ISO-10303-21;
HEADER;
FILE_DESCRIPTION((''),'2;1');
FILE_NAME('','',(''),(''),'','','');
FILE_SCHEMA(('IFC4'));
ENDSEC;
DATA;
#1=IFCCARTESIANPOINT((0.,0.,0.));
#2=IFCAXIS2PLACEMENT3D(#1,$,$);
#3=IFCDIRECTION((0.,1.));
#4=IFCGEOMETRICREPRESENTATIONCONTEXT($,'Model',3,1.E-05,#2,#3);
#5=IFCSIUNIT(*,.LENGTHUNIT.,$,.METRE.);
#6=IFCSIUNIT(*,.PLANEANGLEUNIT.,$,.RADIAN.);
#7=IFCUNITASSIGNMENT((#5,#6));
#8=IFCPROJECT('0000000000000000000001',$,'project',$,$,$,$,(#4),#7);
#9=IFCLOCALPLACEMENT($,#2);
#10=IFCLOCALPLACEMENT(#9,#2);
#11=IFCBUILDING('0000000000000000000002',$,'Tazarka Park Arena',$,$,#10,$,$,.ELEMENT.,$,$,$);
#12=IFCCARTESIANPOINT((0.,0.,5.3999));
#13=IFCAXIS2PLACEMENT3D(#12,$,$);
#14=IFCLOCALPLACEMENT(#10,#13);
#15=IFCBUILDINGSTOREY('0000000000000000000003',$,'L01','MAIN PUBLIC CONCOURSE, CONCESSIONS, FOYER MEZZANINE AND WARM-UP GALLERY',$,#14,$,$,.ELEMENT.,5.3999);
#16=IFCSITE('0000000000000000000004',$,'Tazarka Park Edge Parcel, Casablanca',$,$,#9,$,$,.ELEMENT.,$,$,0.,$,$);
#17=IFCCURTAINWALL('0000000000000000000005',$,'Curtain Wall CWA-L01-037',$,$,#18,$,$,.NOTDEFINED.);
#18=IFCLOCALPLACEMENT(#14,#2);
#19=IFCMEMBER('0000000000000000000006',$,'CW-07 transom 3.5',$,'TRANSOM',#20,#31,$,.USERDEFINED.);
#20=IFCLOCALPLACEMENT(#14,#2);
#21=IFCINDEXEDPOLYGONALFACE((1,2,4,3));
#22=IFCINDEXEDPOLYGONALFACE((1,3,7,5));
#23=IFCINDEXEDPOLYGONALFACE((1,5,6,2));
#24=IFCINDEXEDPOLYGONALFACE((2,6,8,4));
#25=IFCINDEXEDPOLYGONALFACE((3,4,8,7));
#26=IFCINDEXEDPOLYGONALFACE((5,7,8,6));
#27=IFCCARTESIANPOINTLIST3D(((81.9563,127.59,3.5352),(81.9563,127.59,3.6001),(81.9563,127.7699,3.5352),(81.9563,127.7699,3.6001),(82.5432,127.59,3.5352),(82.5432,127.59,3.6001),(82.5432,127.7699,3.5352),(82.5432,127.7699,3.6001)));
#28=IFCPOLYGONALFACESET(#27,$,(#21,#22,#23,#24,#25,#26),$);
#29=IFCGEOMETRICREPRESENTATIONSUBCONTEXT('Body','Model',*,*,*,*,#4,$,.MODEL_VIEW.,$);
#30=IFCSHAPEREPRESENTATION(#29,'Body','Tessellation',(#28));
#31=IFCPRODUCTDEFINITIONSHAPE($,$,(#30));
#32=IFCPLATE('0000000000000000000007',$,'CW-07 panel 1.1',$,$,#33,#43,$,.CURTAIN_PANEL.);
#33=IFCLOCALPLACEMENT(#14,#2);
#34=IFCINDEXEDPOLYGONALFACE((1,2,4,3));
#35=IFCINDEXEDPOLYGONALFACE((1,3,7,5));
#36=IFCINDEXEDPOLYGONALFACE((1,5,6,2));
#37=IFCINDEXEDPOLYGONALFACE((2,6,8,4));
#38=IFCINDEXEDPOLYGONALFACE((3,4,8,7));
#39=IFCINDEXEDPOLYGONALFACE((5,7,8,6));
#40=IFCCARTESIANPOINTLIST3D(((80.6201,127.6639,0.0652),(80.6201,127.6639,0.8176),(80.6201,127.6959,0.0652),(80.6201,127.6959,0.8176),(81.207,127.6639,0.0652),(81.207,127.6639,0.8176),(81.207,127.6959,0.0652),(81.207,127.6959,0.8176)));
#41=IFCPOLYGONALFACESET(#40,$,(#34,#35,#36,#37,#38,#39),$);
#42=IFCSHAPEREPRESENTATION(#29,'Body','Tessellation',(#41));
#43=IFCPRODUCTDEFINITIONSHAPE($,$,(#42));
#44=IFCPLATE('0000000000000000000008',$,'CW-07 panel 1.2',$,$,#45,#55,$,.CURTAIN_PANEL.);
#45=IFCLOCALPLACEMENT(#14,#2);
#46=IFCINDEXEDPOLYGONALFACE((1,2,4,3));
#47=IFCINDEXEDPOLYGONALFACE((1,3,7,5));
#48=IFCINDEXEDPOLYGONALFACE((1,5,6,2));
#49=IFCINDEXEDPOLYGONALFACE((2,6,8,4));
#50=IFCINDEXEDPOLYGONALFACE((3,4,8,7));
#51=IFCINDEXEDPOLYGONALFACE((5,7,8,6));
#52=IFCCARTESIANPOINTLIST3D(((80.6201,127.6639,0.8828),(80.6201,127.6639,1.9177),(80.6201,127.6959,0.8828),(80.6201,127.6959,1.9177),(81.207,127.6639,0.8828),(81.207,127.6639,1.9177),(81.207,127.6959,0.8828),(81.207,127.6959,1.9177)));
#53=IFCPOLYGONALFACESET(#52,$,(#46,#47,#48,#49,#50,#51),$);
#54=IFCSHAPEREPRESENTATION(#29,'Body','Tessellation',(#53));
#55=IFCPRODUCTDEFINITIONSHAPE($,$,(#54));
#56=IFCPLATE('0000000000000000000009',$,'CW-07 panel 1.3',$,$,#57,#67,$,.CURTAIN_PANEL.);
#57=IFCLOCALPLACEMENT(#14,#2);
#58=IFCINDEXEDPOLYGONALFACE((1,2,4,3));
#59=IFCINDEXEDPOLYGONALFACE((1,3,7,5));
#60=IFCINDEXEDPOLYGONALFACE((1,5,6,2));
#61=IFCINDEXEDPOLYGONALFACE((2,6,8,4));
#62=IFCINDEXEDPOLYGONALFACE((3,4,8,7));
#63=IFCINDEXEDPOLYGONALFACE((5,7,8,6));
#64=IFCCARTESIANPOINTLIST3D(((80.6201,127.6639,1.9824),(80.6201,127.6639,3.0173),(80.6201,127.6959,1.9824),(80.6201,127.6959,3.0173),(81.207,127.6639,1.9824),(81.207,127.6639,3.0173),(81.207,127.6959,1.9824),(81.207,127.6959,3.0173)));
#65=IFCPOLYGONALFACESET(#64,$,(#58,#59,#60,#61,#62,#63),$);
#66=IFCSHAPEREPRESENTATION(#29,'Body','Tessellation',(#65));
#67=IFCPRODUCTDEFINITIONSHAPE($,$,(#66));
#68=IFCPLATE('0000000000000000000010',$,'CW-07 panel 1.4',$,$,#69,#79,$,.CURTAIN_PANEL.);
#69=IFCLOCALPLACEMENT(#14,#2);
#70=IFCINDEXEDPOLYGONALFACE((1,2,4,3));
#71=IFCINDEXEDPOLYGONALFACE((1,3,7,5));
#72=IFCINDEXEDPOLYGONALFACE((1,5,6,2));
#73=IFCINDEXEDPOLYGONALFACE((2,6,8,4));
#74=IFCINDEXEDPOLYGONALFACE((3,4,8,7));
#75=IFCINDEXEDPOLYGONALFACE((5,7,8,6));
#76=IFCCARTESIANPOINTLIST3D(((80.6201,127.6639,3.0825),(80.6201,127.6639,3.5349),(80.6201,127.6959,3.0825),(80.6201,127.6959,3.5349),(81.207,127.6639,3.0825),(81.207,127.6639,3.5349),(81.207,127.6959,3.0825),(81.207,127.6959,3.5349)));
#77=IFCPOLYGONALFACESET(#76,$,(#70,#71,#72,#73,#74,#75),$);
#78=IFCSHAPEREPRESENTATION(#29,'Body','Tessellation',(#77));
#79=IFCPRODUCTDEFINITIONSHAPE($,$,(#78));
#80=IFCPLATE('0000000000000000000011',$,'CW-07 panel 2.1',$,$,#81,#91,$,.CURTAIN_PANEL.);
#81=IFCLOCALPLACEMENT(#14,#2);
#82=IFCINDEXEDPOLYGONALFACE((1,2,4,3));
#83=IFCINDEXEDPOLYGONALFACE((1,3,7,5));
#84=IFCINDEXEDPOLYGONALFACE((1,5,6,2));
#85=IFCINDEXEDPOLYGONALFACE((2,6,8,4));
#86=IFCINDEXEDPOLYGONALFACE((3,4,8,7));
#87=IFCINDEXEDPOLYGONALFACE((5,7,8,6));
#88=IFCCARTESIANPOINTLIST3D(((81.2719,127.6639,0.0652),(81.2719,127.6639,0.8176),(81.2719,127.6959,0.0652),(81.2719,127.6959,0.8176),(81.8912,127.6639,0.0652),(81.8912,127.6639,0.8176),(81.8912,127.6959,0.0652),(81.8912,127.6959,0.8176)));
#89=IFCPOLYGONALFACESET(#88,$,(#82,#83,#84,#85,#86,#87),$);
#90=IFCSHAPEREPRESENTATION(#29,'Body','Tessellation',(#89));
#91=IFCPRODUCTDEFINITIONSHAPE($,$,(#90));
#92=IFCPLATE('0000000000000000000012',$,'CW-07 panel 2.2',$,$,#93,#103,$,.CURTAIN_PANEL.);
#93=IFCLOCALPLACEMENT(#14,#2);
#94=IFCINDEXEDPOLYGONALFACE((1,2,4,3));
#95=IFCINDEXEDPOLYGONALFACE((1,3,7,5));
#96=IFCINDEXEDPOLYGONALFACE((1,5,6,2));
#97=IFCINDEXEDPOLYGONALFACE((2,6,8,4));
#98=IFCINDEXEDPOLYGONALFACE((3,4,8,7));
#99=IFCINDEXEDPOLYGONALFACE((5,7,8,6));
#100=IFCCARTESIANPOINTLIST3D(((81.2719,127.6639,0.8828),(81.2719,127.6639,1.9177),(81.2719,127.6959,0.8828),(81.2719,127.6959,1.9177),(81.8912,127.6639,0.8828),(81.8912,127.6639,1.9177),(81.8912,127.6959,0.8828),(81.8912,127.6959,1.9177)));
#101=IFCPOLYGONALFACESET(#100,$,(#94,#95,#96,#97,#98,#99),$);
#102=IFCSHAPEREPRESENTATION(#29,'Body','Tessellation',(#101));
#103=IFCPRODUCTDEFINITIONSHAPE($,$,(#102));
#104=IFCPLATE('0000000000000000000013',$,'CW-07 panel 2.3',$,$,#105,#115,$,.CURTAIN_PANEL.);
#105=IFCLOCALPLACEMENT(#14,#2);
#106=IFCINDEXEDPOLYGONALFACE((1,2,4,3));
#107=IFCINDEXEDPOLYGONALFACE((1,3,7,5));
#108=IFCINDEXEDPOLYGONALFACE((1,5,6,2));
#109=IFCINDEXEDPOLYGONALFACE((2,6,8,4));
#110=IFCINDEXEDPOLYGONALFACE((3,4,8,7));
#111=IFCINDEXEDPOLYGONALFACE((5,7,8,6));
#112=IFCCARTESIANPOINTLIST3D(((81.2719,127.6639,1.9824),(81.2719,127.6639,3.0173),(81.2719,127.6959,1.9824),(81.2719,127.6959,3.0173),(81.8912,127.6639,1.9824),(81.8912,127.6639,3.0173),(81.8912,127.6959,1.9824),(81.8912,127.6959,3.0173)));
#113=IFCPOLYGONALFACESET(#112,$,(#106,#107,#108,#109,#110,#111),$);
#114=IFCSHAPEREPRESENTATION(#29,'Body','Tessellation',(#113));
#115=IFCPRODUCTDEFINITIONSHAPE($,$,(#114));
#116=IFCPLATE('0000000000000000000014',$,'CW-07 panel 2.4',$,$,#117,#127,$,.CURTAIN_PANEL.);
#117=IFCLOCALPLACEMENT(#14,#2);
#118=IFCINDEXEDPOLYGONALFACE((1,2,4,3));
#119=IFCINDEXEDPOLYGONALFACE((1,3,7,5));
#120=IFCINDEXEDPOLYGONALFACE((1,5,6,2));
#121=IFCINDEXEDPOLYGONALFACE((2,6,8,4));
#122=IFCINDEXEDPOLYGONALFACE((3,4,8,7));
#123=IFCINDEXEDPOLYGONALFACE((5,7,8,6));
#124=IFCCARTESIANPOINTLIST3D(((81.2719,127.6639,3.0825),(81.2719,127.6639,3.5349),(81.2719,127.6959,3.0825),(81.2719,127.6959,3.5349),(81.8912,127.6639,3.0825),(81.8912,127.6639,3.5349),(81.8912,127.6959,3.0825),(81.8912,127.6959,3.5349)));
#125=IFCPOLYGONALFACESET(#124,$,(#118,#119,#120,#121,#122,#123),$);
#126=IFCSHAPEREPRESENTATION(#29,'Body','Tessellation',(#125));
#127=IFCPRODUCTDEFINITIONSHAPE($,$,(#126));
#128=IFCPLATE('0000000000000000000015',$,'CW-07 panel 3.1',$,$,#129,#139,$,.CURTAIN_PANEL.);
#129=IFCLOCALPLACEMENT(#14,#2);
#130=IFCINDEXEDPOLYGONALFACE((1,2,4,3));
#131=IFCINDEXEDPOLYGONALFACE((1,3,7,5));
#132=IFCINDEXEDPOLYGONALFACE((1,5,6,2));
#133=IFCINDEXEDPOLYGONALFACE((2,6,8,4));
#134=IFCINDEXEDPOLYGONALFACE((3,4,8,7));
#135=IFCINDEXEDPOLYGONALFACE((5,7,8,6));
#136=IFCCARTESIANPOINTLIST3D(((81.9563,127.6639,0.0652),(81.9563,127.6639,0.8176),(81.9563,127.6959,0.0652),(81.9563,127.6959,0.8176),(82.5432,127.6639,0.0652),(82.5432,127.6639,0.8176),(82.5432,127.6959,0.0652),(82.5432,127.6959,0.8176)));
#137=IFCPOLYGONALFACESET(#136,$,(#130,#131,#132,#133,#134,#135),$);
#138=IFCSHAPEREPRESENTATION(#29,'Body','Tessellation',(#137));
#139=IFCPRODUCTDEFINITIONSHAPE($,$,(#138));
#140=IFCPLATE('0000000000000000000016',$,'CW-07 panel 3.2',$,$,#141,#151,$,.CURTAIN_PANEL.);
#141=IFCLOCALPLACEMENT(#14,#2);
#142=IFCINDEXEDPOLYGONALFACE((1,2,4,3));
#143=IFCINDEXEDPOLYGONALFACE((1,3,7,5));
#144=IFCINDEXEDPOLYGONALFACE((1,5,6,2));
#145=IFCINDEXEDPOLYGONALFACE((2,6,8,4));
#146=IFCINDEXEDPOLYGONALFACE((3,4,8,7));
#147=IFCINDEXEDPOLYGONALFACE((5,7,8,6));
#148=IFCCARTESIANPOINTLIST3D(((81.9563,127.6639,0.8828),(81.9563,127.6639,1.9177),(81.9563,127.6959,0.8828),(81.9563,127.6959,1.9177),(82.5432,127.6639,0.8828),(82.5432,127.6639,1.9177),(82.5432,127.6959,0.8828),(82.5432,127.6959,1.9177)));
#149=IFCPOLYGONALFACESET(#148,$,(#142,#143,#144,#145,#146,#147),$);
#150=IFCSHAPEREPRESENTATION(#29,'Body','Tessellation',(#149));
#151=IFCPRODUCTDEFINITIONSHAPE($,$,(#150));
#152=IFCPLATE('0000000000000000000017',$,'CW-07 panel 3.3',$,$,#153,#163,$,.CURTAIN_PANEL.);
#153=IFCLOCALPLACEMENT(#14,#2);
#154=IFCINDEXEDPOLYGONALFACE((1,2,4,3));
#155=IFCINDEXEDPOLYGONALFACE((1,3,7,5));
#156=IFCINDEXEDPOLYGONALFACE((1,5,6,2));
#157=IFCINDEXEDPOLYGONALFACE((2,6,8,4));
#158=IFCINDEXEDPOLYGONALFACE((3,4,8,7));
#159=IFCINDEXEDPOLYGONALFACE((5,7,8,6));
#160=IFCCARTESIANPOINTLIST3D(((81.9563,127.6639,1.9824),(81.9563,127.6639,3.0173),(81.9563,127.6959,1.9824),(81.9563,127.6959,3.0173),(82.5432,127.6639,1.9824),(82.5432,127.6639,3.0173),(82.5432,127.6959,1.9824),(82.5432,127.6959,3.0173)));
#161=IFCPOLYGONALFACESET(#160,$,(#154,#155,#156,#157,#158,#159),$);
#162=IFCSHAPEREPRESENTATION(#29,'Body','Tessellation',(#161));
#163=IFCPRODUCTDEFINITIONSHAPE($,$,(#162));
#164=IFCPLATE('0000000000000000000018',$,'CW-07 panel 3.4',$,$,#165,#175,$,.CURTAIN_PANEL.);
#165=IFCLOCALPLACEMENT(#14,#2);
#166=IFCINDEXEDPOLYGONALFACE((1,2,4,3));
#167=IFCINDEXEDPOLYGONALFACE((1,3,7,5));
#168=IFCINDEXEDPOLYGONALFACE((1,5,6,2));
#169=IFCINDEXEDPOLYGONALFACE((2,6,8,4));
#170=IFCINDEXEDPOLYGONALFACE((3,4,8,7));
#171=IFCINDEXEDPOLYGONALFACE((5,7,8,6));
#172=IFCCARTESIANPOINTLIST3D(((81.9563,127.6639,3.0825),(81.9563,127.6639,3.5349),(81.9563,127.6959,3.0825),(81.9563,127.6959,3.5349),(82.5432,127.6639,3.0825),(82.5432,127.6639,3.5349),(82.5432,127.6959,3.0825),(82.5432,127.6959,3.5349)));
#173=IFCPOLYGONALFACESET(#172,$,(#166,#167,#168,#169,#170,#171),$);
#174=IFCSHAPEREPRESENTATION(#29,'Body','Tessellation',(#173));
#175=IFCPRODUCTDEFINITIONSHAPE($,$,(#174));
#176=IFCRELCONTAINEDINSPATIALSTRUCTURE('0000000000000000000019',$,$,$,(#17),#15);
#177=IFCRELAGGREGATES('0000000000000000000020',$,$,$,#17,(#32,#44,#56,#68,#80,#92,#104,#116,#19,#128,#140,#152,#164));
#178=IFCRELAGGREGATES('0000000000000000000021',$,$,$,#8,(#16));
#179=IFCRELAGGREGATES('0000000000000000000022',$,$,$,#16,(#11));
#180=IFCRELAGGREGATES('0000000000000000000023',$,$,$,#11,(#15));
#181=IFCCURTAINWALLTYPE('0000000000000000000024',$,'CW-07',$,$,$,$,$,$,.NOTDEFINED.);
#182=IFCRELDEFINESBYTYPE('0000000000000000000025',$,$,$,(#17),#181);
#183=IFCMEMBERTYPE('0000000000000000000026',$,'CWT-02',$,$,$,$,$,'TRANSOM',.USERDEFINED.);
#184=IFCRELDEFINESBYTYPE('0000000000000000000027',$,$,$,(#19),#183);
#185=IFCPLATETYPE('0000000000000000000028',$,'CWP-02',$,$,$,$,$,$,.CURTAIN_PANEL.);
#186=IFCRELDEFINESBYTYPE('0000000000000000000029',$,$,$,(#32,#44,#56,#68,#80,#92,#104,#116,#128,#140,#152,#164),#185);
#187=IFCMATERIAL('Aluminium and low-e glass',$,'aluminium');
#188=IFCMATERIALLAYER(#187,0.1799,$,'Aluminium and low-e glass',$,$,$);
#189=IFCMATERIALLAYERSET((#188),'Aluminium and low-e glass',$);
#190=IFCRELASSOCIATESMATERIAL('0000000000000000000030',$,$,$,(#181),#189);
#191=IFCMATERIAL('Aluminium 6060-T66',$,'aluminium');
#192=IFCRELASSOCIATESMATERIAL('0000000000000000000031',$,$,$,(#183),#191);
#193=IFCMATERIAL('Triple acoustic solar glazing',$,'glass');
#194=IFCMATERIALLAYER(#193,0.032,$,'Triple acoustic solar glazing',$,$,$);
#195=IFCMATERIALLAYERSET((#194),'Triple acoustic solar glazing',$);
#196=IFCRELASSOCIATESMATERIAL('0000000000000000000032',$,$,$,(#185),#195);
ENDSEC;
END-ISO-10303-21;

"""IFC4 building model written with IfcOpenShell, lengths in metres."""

from ifc_helpers import new_model, si_unit, direction, frame, origin, origin_2d, place, context, subcontext, project, spatial, rectangle, extrude, material, layer, layer_set, material_profile, profile_set, type_object, element, aggregate, save


model = new_model("IFC4")

# Units and contexts
model_context = context("Model", 3, precision=1e-05, world=origin(), true_north=direction((0.0, 1.0)))
body_context = subcontext(model_context, "Body", "Model", "MODEL_VIEW")
ifc_project = project(units=[si_unit("LENGTHUNIT", "METRE"), si_unit("PLANEANGLEUNIT", "RADIAN")], contexts=[model_context])

# Site, building, storey
site_placement = place(None, origin())
site = spatial("IfcSite", under=ifc_project, at=site_placement, Name="Tazarka Park Edge Parcel, Casablanca", CompositionType="ELEMENT", RefElevation=0.0)
building_placement = place(site_placement, origin())
building = spatial("IfcBuilding", under=site, at=building_placement, Name="Tazarka Park Arena", CompositionType="ELEMENT")
storey_placement = place(building_placement, frame((0.0, 0.0, 5.3999)))
storey = spatial("IfcBuildingStorey", under=building, at=storey_placement, Name="L01", Description="MAIN PUBLIC CONCOURSE, CONCESSIONS, FOYER MEZZANINE AND WARM-UP GALLERY", CompositionType="ELEMENT", Elevation=5.3999)

# Curtain wall, member, plates
ifc_material_1 = material(Name="Aluminium and low-e glass", Category="aluminium")
ifc_layer_1 = layer(ifc_material_1, 0.1799, Name="Aluminium and low-e glass")
ifc_layer_set_1 = layer_set([ifc_layer_1], Name="Aluminium and low-e glass")
curtain_wall_type = type_object("IfcCurtainWallType", Name="CW-07", PredefinedType="NOTDEFINED", material=ifc_layer_set_1)
curtain_wall_placement = place(storey_placement, origin())
curtain_wall = element("IfcCurtainWall", 1, at=curtain_wall_placement, inside=storey, type_object=curtain_wall_type, Name="Curtain Wall CWA-L01-037", PredefinedType="NOTDEFINED")
ifc_material_2 = material(Name="Aluminium 6060-T66", Category="aluminium")
ifc_material_profile_1 = material_profile(ifc_material_2, rectangle(XDim=0.1799, YDim=0.0649, at=origin_2d()), Name="Aluminium 6060-T66")
ifc_profile_set_1 = profile_set([ifc_material_profile_1], Name="Aluminium 6060-T66")
member_type_1 = type_object("IfcMemberType", Name="CWT-02", ElementType="TRANSOM", PredefinedType="USERDEFINED", material=ifc_profile_set_1)
member_1_placement = place(storey_placement, frame((81.9563, 127.6799, 3.5676), z_axis=(1.0, 0.0, 0.0), x_axis=(0.0, 1.0, 0.0)))
member_1 = element("IfcMember", 2, at=member_1_placement, type_object=member_type_1, Name="CW-07 transom 3.5", ObjectType="TRANSOM", PredefinedType="USERDEFINED", context=body_context, shape_type="SweptSolid", body=[
    extrude(rectangle(XDim=0.1799, YDim=0.0649, at=origin_2d()), origin(), (0.0, 0.0, 1.0), 0.5869),
])
ifc_material_3 = material(Name="Triple acoustic solar glazing", Category="glass")
ifc_layer_2 = layer(ifc_material_3, 0.032, Name="Triple acoustic solar glazing")
ifc_layer_set_2 = layer_set([ifc_layer_2], Name="Triple acoustic solar glazing")
plate_type = type_object("IfcPlateType", Name="CWP-02", PredefinedType="CURTAIN_PANEL", material=ifc_layer_set_2)
plate_1_placement = place(storey_placement, frame((80.9136, 127.6799, 0.0652), z_axis=(0.0, 0.0, 1.0), x_axis=(1.0, 0.0, 0.0)))
plate_1 = element("IfcPlate", 3, at=plate_1_placement, type_object=plate_type, Name="CW-07 panel 1.1", PredefinedType="CURTAIN_PANEL", context=body_context, shape_type="SweptSolid", body=[
    extrude(rectangle(XDim=0.5869, YDim=0.032, at=origin_2d()), origin(), (0.0, 0.0, 1.0), 0.7524),
])
plate_2_placement = place(storey_placement, frame((80.9136, 127.6799, 0.8828), z_axis=(0.0, 0.0, 1.0), x_axis=(1.0, 0.0, 0.0)))
plate_2 = element("IfcPlate", 4, at=plate_2_placement, type_object=plate_type, Name="CW-07 panel 1.2", PredefinedType="CURTAIN_PANEL", context=body_context, shape_type="SweptSolid", body=[
    extrude(rectangle(XDim=0.5869, YDim=0.032, at=origin_2d()), origin(), (0.0, 0.0, 1.0), 1.0349),
])
plate_3_placement = place(storey_placement, frame((80.9136, 127.6799, 1.9824), z_axis=(0.0, 0.0, 1.0), x_axis=(1.0, 0.0, 0.0)))
plate_3 = element("IfcPlate", 5, at=plate_3_placement, type_object=plate_type, Name="CW-07 panel 1.3", PredefinedType="CURTAIN_PANEL", context=body_context, shape_type="SweptSolid", body=[
    extrude(rectangle(XDim=0.5869, YDim=0.032, at=origin_2d()), origin(), (0.0, 0.0, 1.0), 1.0349),
])
plate_4_placement = place(storey_placement, frame((80.9136, 127.6799, 3.0825), z_axis=(0.0, 0.0, 1.0), x_axis=(1.0, 0.0, 0.0)))
plate_4 = element("IfcPlate", 6, at=plate_4_placement, type_object=plate_type, Name="CW-07 panel 1.4", PredefinedType="CURTAIN_PANEL", context=body_context, shape_type="SweptSolid", body=[
    extrude(rectangle(XDim=0.5869, YDim=0.032, at=origin_2d()), origin(), (0.0, 0.0, 1.0), 0.4524),
])
plate_5_placement = place(storey_placement, frame((81.5815, 127.6799, 0.0652), z_axis=(0.0, 0.0, 1.0), x_axis=(1.0, 0.0, 0.0)))
plate_5 = element("IfcPlate", 7, at=plate_5_placement, type_object=plate_type, Name="CW-07 panel 2.1", PredefinedType="CURTAIN_PANEL", context=body_context, shape_type="SweptSolid", body=[
    extrude(rectangle(XDim=0.6194, YDim=0.032, at=origin_2d()), origin(), (0.0, 0.0, 1.0), 0.7524),
])
plate_6_placement = place(storey_placement, frame((81.5815, 127.6799, 0.8828), z_axis=(0.0, 0.0, 1.0), x_axis=(1.0, 0.0, 0.0)))
plate_6 = element("IfcPlate", 8, at=plate_6_placement, type_object=plate_type, Name="CW-07 panel 2.2", PredefinedType="CURTAIN_PANEL", context=body_context, shape_type="SweptSolid", body=[
    extrude(rectangle(XDim=0.6194, YDim=0.032, at=origin_2d()), origin(), (0.0, 0.0, 1.0), 1.0349),
])
plate_7_placement = place(storey_placement, frame((81.5815, 127.6799, 1.9824), z_axis=(0.0, 0.0, 1.0), x_axis=(1.0, 0.0, 0.0)))
plate_7 = element("IfcPlate", 9, at=plate_7_placement, type_object=plate_type, Name="CW-07 panel 2.3", PredefinedType="CURTAIN_PANEL", context=body_context, shape_type="SweptSolid", body=[
    extrude(rectangle(XDim=0.6194, YDim=0.032, at=origin_2d()), origin(), (0.0, 0.0, 1.0), 1.0349),
])
plate_8_placement = place(storey_placement, frame((81.5815, 127.6799, 3.0825), z_axis=(0.0, 0.0, 1.0), x_axis=(1.0, 0.0, 0.0)))
plate_8 = element("IfcPlate", 10, at=plate_8_placement, type_object=plate_type, Name="CW-07 panel 2.4", PredefinedType="CURTAIN_PANEL", context=body_context, shape_type="SweptSolid", body=[
    extrude(rectangle(XDim=0.6194, YDim=0.032, at=origin_2d()), origin(), (0.0, 0.0, 1.0), 0.4524),
])
plate_9_placement = place(storey_placement, frame((82.2498, 127.6799, 0.0652), z_axis=(0.0, 0.0, 1.0), x_axis=(1.0, 0.0, 0.0)))
plate_9 = element("IfcPlate", 11, at=plate_9_placement, type_object=plate_type, Name="CW-07 panel 3.1", PredefinedType="CURTAIN_PANEL", context=body_context, shape_type="SweptSolid", body=[
    extrude(rectangle(XDim=0.5869, YDim=0.032, at=origin_2d()), origin(), (0.0, 0.0, 1.0), 0.7524),
])
plate_10_placement = place(storey_placement, frame((82.2498, 127.6799, 0.8828), z_axis=(0.0, 0.0, 1.0), x_axis=(1.0, 0.0, 0.0)))
plate_10 = element("IfcPlate", 12, at=plate_10_placement, type_object=plate_type, Name="CW-07 panel 3.2", PredefinedType="CURTAIN_PANEL", context=body_context, shape_type="SweptSolid", body=[
    extrude(rectangle(XDim=0.5869, YDim=0.032, at=origin_2d()), origin(), (0.0, 0.0, 1.0), 1.0349),
])
plate_11_placement = place(storey_placement, frame((82.2498, 127.6799, 1.9824), z_axis=(0.0, 0.0, 1.0), x_axis=(1.0, 0.0, 0.0)))
plate_11 = element("IfcPlate", 13, at=plate_11_placement, type_object=plate_type, Name="CW-07 panel 3.3", PredefinedType="CURTAIN_PANEL", context=body_context, shape_type="SweptSolid", body=[
    extrude(rectangle(XDim=0.5869, YDim=0.032, at=origin_2d()), origin(), (0.0, 0.0, 1.0), 1.0349),
])
plate_12_placement = place(storey_placement, frame((82.2498, 127.6799, 3.0825), z_axis=(0.0, 0.0, 1.0), x_axis=(1.0, 0.0, 0.0)))
plate_12 = element("IfcPlate", 14, at=plate_12_placement, type_object=plate_type, Name="CW-07 panel 3.4", PredefinedType="CURTAIN_PANEL", context=body_context, shape_type="SweptSolid", body=[
    extrude(rectangle(XDim=0.5869, YDim=0.032, at=origin_2d()), origin(), (0.0, 0.0, 1.0), 0.4524),
])
aggregate(curtain_wall, [plate_1, plate_2, plate_3, plate_4, plate_5, plate_6, plate_7, plate_8, member_1, plate_9, plate_10, plate_11, plate_12])

save(model, "model.ifc")
